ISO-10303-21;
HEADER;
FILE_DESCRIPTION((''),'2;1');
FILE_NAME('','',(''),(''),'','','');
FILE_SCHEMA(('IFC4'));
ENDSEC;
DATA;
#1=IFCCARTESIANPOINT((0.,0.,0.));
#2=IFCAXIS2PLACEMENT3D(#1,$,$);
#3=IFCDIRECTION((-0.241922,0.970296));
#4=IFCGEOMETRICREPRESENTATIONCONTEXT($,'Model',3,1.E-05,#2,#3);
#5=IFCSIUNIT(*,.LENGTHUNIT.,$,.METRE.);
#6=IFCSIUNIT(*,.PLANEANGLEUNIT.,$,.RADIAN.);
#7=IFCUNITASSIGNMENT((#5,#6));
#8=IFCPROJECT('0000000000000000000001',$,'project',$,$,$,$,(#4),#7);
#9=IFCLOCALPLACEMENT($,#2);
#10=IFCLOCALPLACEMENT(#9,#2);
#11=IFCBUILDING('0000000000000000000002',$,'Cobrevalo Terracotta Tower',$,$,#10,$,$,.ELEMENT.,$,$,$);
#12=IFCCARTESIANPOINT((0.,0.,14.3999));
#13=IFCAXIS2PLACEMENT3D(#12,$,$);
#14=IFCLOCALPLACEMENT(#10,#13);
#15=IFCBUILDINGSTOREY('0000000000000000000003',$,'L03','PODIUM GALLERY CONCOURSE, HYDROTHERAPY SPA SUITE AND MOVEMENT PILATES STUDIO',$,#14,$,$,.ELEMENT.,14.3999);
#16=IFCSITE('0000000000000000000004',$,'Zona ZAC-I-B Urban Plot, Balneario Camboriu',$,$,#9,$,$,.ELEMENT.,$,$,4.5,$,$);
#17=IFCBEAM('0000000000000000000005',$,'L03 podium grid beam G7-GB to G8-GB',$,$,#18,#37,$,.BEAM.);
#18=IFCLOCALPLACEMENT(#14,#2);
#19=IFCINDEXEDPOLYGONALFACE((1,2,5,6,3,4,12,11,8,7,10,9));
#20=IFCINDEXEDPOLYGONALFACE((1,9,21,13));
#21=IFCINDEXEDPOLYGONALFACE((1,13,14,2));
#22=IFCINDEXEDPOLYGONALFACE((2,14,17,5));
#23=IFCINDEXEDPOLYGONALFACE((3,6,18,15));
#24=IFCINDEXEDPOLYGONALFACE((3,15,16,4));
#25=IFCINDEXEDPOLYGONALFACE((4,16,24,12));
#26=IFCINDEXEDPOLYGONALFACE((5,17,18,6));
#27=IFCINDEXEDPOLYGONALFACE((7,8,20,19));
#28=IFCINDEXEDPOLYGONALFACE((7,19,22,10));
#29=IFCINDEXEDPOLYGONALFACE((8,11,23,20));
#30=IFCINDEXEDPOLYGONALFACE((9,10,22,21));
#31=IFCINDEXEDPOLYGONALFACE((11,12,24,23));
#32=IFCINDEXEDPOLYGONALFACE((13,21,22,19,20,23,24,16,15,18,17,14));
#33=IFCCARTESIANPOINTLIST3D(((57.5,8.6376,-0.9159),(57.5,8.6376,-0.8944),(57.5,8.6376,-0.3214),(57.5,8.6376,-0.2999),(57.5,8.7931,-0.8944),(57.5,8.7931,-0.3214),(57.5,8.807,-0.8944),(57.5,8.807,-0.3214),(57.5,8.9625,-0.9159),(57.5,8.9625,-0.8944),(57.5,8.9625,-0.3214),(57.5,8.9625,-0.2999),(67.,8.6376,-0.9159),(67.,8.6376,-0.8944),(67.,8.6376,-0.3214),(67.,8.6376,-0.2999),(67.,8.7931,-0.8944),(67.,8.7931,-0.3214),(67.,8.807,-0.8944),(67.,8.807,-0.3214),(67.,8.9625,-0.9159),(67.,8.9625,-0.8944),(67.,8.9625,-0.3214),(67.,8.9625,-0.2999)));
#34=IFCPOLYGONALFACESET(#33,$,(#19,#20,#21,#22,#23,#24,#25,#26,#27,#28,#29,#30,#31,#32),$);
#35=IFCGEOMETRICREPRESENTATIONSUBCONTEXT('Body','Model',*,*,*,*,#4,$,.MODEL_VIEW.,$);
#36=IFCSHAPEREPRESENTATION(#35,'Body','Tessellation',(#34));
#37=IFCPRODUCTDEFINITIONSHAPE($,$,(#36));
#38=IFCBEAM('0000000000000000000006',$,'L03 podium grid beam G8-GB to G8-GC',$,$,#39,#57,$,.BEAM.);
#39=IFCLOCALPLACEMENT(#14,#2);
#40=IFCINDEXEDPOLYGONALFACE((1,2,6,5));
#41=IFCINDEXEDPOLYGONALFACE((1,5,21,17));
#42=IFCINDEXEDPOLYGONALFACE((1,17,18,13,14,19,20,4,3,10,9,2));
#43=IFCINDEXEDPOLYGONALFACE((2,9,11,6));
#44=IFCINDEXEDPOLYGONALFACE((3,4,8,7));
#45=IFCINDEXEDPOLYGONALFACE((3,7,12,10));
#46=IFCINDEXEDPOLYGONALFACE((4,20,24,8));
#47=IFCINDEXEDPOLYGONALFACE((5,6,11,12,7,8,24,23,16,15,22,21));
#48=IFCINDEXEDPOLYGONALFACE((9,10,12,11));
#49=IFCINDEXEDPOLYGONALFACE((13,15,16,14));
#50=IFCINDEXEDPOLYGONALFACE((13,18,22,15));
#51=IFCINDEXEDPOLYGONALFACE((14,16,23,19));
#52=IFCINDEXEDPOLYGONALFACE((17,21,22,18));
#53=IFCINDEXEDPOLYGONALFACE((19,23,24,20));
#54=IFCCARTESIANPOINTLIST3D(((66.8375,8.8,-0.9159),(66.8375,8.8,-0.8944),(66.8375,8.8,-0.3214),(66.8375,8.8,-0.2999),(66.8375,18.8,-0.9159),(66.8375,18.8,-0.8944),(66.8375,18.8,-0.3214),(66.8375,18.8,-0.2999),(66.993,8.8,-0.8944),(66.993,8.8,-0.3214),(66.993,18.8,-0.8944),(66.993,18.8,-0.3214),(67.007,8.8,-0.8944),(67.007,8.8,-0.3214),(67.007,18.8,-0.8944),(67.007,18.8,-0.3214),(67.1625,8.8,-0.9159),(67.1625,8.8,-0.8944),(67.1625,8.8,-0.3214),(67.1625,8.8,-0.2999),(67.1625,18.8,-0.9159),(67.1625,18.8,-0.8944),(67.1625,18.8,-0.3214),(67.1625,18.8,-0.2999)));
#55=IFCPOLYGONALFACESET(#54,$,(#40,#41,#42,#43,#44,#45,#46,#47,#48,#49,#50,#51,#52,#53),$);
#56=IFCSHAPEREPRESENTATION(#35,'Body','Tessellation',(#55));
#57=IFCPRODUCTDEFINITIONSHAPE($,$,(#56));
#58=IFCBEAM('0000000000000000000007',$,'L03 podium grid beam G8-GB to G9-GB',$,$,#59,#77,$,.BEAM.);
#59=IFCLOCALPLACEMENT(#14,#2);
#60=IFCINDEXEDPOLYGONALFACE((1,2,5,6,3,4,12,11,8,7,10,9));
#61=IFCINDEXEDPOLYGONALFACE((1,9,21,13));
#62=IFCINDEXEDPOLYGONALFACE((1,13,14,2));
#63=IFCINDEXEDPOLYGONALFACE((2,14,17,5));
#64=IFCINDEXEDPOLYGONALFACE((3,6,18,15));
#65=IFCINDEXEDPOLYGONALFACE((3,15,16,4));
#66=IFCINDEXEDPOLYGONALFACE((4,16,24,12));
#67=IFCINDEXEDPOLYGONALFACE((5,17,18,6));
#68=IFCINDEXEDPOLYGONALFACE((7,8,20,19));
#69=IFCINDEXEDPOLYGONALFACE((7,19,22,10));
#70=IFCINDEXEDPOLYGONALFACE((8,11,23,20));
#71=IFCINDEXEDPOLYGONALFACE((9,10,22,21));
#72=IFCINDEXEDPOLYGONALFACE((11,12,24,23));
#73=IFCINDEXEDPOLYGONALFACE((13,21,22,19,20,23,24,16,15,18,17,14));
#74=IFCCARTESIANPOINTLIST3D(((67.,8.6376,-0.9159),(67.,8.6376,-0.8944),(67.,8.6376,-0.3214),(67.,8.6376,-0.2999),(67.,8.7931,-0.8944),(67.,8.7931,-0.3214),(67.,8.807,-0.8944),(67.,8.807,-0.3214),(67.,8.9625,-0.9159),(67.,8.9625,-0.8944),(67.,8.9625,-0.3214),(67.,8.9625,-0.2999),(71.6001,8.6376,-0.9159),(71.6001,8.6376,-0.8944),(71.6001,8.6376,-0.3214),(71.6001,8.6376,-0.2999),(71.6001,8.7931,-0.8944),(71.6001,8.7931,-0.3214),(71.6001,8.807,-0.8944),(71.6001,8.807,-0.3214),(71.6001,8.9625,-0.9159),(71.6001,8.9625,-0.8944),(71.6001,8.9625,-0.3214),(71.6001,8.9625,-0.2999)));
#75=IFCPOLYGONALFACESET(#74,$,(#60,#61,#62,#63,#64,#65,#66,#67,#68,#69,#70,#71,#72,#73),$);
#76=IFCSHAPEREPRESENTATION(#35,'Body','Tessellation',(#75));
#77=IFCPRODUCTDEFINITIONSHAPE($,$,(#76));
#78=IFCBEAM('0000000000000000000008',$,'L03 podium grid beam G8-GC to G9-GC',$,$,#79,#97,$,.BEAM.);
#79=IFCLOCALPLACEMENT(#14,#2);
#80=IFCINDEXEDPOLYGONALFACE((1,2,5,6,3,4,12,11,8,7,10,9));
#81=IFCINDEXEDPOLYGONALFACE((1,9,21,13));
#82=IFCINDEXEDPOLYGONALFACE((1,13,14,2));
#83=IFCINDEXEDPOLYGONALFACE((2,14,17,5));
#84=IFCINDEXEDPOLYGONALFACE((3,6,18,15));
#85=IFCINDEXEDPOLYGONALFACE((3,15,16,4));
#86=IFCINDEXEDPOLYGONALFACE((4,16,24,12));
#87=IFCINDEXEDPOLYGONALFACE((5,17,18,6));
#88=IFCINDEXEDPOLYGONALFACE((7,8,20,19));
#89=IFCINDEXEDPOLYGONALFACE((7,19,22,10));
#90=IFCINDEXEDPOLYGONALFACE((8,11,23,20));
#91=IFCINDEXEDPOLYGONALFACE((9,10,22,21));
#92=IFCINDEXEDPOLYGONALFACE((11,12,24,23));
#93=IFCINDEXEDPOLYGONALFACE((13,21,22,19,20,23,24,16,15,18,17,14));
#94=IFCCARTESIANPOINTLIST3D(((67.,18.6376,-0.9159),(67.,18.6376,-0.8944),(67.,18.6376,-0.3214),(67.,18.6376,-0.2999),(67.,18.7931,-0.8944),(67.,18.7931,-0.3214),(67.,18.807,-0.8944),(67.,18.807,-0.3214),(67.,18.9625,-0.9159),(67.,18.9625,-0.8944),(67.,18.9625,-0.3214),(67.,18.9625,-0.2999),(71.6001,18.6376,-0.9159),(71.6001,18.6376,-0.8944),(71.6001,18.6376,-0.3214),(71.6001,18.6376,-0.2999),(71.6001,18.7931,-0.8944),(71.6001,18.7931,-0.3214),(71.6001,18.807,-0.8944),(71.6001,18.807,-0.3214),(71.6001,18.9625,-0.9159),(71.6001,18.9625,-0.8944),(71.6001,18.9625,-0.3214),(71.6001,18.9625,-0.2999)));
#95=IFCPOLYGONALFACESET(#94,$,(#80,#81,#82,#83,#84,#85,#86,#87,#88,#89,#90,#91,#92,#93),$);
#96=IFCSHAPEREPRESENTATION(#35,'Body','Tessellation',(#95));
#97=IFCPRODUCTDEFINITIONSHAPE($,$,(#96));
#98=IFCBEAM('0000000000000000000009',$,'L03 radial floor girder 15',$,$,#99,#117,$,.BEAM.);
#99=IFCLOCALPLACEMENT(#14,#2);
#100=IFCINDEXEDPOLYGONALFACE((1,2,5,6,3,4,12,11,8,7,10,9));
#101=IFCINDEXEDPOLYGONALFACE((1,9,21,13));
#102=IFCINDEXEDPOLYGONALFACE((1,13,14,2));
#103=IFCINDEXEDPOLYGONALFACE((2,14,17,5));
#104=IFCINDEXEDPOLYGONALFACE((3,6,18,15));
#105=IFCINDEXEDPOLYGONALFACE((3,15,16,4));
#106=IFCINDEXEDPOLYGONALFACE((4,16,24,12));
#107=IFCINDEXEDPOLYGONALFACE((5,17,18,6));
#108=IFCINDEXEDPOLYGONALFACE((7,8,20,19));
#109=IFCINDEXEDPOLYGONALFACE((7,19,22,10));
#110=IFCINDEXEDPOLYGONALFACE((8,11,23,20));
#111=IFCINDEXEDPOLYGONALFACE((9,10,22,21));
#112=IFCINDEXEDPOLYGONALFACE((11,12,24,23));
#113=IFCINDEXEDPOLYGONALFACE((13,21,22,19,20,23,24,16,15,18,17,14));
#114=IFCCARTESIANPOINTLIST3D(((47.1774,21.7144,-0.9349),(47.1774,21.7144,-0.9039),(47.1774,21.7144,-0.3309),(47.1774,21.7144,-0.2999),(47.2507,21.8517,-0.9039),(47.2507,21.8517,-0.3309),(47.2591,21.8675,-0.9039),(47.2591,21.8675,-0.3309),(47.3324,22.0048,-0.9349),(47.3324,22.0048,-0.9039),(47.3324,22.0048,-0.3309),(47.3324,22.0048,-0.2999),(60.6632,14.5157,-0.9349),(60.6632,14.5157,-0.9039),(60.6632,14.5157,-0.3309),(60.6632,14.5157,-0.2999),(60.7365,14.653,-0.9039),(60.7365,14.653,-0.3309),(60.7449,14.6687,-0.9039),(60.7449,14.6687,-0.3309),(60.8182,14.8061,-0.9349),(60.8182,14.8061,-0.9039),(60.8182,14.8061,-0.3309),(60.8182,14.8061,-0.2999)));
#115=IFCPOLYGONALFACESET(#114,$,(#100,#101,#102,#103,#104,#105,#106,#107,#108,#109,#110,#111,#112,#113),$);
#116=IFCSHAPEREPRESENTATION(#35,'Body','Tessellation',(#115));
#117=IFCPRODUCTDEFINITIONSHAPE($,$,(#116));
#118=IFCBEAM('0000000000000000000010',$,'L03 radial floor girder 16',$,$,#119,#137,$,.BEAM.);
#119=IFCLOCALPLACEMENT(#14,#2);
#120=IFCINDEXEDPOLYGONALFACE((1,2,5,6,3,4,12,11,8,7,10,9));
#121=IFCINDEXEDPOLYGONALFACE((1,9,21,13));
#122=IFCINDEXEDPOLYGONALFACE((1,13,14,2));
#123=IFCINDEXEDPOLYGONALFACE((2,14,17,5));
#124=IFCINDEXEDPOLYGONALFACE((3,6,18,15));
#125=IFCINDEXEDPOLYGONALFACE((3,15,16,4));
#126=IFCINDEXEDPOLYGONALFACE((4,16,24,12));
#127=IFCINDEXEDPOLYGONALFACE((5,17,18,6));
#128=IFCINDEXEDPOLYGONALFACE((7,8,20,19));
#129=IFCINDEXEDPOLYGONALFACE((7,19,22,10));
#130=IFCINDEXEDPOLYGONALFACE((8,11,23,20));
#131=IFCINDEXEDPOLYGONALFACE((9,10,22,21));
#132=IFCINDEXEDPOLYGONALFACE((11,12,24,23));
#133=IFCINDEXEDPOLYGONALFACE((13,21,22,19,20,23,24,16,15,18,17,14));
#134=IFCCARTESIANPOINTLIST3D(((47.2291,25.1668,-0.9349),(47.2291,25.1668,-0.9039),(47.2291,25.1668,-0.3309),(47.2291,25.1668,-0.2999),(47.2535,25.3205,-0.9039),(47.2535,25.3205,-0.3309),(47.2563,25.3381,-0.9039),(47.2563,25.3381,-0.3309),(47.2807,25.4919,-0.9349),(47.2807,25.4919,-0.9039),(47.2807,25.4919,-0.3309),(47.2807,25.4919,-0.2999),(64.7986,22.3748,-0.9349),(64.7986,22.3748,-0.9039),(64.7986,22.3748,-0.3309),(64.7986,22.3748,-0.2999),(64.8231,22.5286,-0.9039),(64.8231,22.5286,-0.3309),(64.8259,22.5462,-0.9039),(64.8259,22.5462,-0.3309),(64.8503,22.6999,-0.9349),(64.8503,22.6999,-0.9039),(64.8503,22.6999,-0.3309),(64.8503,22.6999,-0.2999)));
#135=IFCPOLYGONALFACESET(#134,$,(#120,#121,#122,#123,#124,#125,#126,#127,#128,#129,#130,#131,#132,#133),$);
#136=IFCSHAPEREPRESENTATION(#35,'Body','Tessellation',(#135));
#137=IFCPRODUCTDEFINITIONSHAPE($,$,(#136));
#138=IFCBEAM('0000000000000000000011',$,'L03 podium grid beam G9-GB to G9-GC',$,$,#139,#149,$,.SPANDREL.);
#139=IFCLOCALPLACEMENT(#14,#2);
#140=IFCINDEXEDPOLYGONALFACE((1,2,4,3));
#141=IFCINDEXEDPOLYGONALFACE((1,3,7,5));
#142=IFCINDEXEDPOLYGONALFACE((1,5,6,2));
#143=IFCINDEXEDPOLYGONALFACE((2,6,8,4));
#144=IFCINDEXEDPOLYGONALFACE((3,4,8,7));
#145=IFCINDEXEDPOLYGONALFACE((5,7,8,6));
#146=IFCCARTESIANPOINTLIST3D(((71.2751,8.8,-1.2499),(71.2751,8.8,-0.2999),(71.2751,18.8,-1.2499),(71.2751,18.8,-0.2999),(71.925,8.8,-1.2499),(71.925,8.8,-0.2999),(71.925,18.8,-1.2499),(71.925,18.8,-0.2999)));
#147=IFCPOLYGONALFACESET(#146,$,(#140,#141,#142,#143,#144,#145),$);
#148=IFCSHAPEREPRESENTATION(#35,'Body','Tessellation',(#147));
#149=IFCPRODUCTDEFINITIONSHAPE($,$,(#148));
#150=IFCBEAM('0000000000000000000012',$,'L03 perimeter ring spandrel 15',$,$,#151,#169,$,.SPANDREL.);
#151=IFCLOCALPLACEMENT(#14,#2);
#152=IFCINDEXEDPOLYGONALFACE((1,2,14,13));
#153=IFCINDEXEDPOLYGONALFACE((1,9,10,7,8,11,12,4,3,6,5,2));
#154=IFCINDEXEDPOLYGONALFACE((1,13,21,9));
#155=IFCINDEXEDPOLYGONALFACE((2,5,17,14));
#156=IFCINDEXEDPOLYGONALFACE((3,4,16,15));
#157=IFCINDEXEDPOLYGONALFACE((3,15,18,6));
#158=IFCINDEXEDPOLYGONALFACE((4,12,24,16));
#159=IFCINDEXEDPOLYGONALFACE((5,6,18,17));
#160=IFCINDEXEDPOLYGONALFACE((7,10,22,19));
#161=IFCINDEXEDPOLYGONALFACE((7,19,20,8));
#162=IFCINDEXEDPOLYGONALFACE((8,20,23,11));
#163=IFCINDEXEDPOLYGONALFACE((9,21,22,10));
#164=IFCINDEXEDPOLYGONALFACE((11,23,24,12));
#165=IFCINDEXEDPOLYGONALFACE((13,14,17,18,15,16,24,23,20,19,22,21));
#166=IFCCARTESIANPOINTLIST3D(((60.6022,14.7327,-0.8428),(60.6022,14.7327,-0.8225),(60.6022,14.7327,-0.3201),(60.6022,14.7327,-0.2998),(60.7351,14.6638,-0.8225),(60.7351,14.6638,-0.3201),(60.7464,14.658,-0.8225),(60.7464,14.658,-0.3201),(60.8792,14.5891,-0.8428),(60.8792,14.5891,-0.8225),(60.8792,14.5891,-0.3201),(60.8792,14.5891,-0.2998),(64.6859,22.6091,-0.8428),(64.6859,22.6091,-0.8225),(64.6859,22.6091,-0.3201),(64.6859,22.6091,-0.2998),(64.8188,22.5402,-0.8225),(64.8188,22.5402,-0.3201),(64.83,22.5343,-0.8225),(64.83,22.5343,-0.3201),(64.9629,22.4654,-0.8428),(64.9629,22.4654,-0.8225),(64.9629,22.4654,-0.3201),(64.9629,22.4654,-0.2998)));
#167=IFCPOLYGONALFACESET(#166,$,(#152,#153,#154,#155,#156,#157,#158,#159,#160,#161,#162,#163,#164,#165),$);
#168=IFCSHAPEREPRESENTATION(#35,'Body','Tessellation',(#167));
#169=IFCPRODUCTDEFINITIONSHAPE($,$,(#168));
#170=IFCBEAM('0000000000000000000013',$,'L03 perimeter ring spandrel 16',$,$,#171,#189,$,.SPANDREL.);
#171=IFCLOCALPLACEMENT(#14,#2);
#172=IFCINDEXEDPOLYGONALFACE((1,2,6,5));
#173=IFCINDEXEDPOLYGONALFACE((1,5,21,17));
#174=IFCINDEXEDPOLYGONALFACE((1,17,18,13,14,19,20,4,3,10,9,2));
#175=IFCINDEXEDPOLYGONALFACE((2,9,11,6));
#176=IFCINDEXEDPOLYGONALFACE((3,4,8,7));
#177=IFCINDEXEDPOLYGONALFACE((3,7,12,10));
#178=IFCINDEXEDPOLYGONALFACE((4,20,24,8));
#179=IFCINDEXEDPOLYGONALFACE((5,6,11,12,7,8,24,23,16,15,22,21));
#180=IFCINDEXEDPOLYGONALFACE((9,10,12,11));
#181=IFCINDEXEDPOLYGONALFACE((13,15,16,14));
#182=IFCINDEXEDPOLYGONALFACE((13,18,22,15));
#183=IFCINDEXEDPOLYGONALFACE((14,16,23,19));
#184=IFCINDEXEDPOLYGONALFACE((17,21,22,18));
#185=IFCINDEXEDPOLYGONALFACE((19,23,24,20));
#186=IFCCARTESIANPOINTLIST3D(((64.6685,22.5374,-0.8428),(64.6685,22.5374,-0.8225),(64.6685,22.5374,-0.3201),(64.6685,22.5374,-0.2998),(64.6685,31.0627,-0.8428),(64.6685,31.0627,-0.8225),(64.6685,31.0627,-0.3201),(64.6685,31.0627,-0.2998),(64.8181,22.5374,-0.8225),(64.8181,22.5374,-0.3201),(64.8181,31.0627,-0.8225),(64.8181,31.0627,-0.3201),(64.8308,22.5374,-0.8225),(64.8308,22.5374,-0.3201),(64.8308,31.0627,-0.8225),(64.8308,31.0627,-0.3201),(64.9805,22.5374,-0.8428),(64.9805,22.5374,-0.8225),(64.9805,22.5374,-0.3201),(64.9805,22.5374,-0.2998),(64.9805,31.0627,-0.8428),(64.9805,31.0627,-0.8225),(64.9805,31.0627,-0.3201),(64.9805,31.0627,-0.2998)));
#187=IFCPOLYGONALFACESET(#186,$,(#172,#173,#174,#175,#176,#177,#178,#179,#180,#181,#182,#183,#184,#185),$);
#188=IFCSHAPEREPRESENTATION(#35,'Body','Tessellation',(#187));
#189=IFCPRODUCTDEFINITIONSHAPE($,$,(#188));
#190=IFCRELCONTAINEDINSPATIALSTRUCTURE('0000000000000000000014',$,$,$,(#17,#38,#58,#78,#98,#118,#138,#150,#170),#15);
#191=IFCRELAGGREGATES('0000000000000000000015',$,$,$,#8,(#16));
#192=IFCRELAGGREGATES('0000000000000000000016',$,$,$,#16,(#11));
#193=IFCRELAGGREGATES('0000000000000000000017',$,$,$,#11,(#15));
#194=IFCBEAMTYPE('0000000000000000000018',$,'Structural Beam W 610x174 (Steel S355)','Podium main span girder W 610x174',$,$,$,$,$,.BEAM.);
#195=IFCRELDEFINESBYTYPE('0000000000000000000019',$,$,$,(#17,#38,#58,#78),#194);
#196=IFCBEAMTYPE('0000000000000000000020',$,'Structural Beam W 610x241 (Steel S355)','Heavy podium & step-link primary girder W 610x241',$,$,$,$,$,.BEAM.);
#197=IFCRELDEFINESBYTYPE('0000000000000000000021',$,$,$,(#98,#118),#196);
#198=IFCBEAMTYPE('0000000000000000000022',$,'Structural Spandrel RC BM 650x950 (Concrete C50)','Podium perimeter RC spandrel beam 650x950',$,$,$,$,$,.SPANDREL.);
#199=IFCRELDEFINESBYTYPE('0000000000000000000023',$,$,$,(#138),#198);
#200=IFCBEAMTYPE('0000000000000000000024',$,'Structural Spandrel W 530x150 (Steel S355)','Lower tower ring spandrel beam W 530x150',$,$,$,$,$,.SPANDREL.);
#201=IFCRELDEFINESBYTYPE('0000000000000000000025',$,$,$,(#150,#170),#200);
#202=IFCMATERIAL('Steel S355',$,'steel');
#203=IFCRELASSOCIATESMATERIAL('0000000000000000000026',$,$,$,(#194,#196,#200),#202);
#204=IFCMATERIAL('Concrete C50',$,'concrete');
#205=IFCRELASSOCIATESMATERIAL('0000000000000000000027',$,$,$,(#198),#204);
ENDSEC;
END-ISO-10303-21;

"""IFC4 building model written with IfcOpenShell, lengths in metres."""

from ifc_helpers import new_model, si_unit, direction, frame, origin, origin_2d, place, context, subcontext, project, spatial, rectangle, i_section, extrude, material, material_profile, profile_set, type_object, element, save


model = new_model("IFC4")

# Units and contexts
model_context = context("Model", 3, precision=1e-05, world=origin(), true_north=direction((-0.241922, 0.970296)))
body_context = subcontext(model_context, "Body", "Model", "MODEL_VIEW")
ifc_project = project(units=[si_unit("LENGTHUNIT", "METRE"), si_unit("PLANEANGLEUNIT", "RADIAN")], contexts=[model_context])

# Site, building, storey
site_placement = place(None, origin())
site = spatial("IfcSite", under=ifc_project, at=site_placement, Name="Zona ZAC-I-B Urban Plot, Balneario Camboriu", CompositionType="ELEMENT", RefElevation=4.5)
building_placement = place(site_placement, origin())
building = spatial("IfcBuilding", under=site, at=building_placement, Name="Cobrevalo Terracotta Tower", CompositionType="ELEMENT")
storey_placement = place(building_placement, frame((0.0, 0.0, 14.3999)))
storey = spatial("IfcBuildingStorey", under=building, at=storey_placement, Name="L03", Description="PODIUM GALLERY CONCOURSE, HYDROTHERAPY SPA SUITE AND MOVEMENT PILATES STUDIO", CompositionType="ELEMENT", Elevation=14.3999)

# Shared definitions
ifc_material_1 = material(Name="Steel S355", Category="steel")
ifc_material_2 = material(Name="Concrete C50", Category="concrete")

# Beams
ifc_material_profile_1 = material_profile(ifc_material_1, i_section(OverallWidth=0.325, OverallDepth=0.616, WebThickness=0.0139, FlangeThickness=0.0215, at=origin_2d()), Name="W 610x174")
ifc_profile_set_1 = profile_set([ifc_material_profile_1], Name="Steel S355")
beam_type_1 = type_object("IfcBeamType", Name="Structural Beam W 610x174 (Steel S355)", Description="Podium main span girder W 610x174", PredefinedType="BEAM", material=ifc_profile_set_1)
beam_1_placement = place(storey_placement, frame((57.5, 8.8, -0.6079), z_axis=(1.0, 0.0, 0.0), x_axis=(0.0, 1.0, 0.0)))
element("IfcBeam", 1, at=beam_1_placement, inside=storey, type_object=beam_type_1, Name="L03 podium grid beam G7-GB to G8-GB", PredefinedType="BEAM", context=body_context, shape_type="SweptSolid", body=[
    extrude(i_section(OverallWidth=0.325, OverallDepth=0.616, WebThickness=0.0139, FlangeThickness=0.0215, at=origin_2d()), origin(), (0.0, 0.0, 1.0), 9.5),
])
beam_2_placement = place(storey_placement, frame((67.0, 8.8, -0.6079), z_axis=(0.0, 1.0, 0.0), x_axis=(-1.0, 0.0, 0.0)))
element("IfcBeam", 2, at=beam_2_placement, inside=storey, type_object=beam_type_1, Name="L03 podium grid beam G8-GB to G8-GC", PredefinedType="BEAM", context=body_context, shape_type="SweptSolid", body=[
    extrude(i_section(OverallWidth=0.325, OverallDepth=0.616, WebThickness=0.0139, FlangeThickness=0.0215, at=origin_2d()), origin(), (0.0, 0.0, 1.0), 10.0),
])
for number, where, z_axis, x_axis, name in (
    (3, (67.0, 8.8, -0.6079), (1.0, 0.0, 0.0), (0.0, 1.0, 0.0), "L03 podium grid beam G8-GB to G9-GB"),
    (4, (67.0, 18.8, -0.6079), (1.0, 0.0, 0.0), (0.0, 1.0, 0.0), "L03 podium grid beam G8-GC to G9-GC"),
):
    element("IfcBeam", number, at=place(storey_placement, frame(where, z_axis=z_axis, x_axis=x_axis)), inside=storey, type_object=beam_type_1, Name=name, PredefinedType="BEAM", context=body_context, shape_type="SweptSolid", body=[
        extrude(i_section(OverallWidth=0.325, OverallDepth=0.616, WebThickness=0.0139, FlangeThickness=0.0215, at=origin_2d()), origin(), (0.0, 0.0, 1.0), 4.6001),
    ])
ifc_material_profile_2 = material_profile(ifc_material_1, i_section(OverallWidth=0.3291, OverallDepth=0.635, WebThickness=0.0178, FlangeThickness=0.031, at=origin_2d()), Name="W 610x241")
ifc_profile_set_2 = profile_set([ifc_material_profile_2], Name="Steel S355")
beam_type_2 = type_object("IfcBeamType", Name="Structural Beam W 610x241 (Steel S355)", Description="Heavy podium & step-link primary girder W 610x241", PredefinedType="BEAM", material=ifc_profile_set_2)
beam_3_placement = place(storey_placement, frame((60.7407, 14.6609, -0.6174), z_axis=(-0.882182, 0.470908, 0.0), x_axis=(-0.470908, -0.882182, 0.0)))
element("IfcBeam", 5, at=beam_3_placement, inside=storey, type_object=beam_type_2, Name="L03 radial floor girder 15", PredefinedType="BEAM", context=body_context, shape_type="SweptSolid", body=[
    extrude(i_section(OverallWidth=0.3291, OverallDepth=0.635, WebThickness=0.0178, FlangeThickness=0.031, at=origin_2d()), origin(), (0.0, 0.0, 1.0), 15.2869),
])
beam_4_placement = place(storey_placement, frame((64.8245, 22.5374, -0.6174), z_axis=(-0.987608, 0.156941, 0.0), x_axis=(-0.156941, -0.987608, 0.0)))
element("IfcBeam", 6, at=beam_4_placement, inside=storey, type_object=beam_type_2, Name="L03 radial floor girder 16", PredefinedType="BEAM", context=body_context, shape_type="SweptSolid", body=[
    extrude(i_section(OverallWidth=0.3291, OverallDepth=0.635, WebThickness=0.0178, FlangeThickness=0.031, at=origin_2d()), origin(), (0.0, 0.0, 1.0), 17.79),
])
ifc_material_profile_3 = material_profile(ifc_material_2, rectangle(XDim=0.6499, YDim=0.95, at=origin_2d()), Name="RC BM 650x950")
ifc_profile_set_3 = profile_set([ifc_material_profile_3], Name="Concrete C50")
beam_type_3 = type_object("IfcBeamType", Name="Structural Spandrel RC BM 650x950 (Concrete C50)", Description="Podium perimeter RC spandrel beam 650x950", PredefinedType="SPANDREL", material=ifc_profile_set_3)
beam_5_placement = place(storey_placement, frame((71.6001, 8.8, -0.7749), z_axis=(0.0, 1.0, 0.0), x_axis=(-1.0, 0.0, 0.0)))
element("IfcBeam", 7, at=beam_5_placement, inside=storey, type_object=beam_type_3, Name="L03 podium grid beam G9-GB to G9-GC", PredefinedType="SPANDREL", context=body_context, shape_type="SweptSolid", body=[
    extrude(rectangle(XDim=0.6499, YDim=0.95, at=origin_2d()), origin(), (0.0, 0.0, 1.0), 10.0),
])
ifc_material_profile_4 = material_profile(ifc_material_1, i_section(OverallWidth=0.312, OverallDepth=0.543, WebThickness=0.0127, FlangeThickness=0.0203, at=origin_2d()), Name="W 530x150")
ifc_profile_set_4 = profile_set([ifc_material_profile_4], Name="Steel S355")
beam_type_4 = type_object("IfcBeamType", Name="Structural Spandrel W 530x150 (Steel S355)", Description="Lower tower ring spandrel beam W 530x150", PredefinedType="SPANDREL", material=ifc_profile_set_4)
beam_6_placement = place(storey_placement, frame((60.7407, 14.6609, -0.5713), z_axis=(0.460286, 0.887771, 0.0), x_axis=(-0.887771, 0.460286, 0.0)))
element("IfcBeam", 8, at=beam_6_placement, inside=storey, type_object=beam_type_4, Name="L03 perimeter ring spandrel 15", PredefinedType="SPANDREL", context=body_context, shape_type="SweptSolid", body=[
    extrude(i_section(OverallWidth=0.312, OverallDepth=0.543, WebThickness=0.0127, FlangeThickness=0.0203, at=origin_2d()), origin(), (0.0, 0.0, 1.0), 8.8721),
])
beam_7_placement = place(storey_placement, frame((64.8245, 22.5374, -0.5713), z_axis=(0.0, 1.0, 0.0), x_axis=(-1.0, 0.0, 0.0)))
element("IfcBeam", 9, at=beam_7_placement, inside=storey, type_object=beam_type_4, Name="L03 perimeter ring spandrel 16", PredefinedType="SPANDREL", context=body_context, shape_type="SweptSolid", body=[
    extrude(i_section(OverallWidth=0.312, OverallDepth=0.543, WebThickness=0.0127, FlangeThickness=0.0203, at=origin_2d()), origin(), (0.0, 0.0, 1.0), 8.5254),
])

save(model, "model.ifc")
